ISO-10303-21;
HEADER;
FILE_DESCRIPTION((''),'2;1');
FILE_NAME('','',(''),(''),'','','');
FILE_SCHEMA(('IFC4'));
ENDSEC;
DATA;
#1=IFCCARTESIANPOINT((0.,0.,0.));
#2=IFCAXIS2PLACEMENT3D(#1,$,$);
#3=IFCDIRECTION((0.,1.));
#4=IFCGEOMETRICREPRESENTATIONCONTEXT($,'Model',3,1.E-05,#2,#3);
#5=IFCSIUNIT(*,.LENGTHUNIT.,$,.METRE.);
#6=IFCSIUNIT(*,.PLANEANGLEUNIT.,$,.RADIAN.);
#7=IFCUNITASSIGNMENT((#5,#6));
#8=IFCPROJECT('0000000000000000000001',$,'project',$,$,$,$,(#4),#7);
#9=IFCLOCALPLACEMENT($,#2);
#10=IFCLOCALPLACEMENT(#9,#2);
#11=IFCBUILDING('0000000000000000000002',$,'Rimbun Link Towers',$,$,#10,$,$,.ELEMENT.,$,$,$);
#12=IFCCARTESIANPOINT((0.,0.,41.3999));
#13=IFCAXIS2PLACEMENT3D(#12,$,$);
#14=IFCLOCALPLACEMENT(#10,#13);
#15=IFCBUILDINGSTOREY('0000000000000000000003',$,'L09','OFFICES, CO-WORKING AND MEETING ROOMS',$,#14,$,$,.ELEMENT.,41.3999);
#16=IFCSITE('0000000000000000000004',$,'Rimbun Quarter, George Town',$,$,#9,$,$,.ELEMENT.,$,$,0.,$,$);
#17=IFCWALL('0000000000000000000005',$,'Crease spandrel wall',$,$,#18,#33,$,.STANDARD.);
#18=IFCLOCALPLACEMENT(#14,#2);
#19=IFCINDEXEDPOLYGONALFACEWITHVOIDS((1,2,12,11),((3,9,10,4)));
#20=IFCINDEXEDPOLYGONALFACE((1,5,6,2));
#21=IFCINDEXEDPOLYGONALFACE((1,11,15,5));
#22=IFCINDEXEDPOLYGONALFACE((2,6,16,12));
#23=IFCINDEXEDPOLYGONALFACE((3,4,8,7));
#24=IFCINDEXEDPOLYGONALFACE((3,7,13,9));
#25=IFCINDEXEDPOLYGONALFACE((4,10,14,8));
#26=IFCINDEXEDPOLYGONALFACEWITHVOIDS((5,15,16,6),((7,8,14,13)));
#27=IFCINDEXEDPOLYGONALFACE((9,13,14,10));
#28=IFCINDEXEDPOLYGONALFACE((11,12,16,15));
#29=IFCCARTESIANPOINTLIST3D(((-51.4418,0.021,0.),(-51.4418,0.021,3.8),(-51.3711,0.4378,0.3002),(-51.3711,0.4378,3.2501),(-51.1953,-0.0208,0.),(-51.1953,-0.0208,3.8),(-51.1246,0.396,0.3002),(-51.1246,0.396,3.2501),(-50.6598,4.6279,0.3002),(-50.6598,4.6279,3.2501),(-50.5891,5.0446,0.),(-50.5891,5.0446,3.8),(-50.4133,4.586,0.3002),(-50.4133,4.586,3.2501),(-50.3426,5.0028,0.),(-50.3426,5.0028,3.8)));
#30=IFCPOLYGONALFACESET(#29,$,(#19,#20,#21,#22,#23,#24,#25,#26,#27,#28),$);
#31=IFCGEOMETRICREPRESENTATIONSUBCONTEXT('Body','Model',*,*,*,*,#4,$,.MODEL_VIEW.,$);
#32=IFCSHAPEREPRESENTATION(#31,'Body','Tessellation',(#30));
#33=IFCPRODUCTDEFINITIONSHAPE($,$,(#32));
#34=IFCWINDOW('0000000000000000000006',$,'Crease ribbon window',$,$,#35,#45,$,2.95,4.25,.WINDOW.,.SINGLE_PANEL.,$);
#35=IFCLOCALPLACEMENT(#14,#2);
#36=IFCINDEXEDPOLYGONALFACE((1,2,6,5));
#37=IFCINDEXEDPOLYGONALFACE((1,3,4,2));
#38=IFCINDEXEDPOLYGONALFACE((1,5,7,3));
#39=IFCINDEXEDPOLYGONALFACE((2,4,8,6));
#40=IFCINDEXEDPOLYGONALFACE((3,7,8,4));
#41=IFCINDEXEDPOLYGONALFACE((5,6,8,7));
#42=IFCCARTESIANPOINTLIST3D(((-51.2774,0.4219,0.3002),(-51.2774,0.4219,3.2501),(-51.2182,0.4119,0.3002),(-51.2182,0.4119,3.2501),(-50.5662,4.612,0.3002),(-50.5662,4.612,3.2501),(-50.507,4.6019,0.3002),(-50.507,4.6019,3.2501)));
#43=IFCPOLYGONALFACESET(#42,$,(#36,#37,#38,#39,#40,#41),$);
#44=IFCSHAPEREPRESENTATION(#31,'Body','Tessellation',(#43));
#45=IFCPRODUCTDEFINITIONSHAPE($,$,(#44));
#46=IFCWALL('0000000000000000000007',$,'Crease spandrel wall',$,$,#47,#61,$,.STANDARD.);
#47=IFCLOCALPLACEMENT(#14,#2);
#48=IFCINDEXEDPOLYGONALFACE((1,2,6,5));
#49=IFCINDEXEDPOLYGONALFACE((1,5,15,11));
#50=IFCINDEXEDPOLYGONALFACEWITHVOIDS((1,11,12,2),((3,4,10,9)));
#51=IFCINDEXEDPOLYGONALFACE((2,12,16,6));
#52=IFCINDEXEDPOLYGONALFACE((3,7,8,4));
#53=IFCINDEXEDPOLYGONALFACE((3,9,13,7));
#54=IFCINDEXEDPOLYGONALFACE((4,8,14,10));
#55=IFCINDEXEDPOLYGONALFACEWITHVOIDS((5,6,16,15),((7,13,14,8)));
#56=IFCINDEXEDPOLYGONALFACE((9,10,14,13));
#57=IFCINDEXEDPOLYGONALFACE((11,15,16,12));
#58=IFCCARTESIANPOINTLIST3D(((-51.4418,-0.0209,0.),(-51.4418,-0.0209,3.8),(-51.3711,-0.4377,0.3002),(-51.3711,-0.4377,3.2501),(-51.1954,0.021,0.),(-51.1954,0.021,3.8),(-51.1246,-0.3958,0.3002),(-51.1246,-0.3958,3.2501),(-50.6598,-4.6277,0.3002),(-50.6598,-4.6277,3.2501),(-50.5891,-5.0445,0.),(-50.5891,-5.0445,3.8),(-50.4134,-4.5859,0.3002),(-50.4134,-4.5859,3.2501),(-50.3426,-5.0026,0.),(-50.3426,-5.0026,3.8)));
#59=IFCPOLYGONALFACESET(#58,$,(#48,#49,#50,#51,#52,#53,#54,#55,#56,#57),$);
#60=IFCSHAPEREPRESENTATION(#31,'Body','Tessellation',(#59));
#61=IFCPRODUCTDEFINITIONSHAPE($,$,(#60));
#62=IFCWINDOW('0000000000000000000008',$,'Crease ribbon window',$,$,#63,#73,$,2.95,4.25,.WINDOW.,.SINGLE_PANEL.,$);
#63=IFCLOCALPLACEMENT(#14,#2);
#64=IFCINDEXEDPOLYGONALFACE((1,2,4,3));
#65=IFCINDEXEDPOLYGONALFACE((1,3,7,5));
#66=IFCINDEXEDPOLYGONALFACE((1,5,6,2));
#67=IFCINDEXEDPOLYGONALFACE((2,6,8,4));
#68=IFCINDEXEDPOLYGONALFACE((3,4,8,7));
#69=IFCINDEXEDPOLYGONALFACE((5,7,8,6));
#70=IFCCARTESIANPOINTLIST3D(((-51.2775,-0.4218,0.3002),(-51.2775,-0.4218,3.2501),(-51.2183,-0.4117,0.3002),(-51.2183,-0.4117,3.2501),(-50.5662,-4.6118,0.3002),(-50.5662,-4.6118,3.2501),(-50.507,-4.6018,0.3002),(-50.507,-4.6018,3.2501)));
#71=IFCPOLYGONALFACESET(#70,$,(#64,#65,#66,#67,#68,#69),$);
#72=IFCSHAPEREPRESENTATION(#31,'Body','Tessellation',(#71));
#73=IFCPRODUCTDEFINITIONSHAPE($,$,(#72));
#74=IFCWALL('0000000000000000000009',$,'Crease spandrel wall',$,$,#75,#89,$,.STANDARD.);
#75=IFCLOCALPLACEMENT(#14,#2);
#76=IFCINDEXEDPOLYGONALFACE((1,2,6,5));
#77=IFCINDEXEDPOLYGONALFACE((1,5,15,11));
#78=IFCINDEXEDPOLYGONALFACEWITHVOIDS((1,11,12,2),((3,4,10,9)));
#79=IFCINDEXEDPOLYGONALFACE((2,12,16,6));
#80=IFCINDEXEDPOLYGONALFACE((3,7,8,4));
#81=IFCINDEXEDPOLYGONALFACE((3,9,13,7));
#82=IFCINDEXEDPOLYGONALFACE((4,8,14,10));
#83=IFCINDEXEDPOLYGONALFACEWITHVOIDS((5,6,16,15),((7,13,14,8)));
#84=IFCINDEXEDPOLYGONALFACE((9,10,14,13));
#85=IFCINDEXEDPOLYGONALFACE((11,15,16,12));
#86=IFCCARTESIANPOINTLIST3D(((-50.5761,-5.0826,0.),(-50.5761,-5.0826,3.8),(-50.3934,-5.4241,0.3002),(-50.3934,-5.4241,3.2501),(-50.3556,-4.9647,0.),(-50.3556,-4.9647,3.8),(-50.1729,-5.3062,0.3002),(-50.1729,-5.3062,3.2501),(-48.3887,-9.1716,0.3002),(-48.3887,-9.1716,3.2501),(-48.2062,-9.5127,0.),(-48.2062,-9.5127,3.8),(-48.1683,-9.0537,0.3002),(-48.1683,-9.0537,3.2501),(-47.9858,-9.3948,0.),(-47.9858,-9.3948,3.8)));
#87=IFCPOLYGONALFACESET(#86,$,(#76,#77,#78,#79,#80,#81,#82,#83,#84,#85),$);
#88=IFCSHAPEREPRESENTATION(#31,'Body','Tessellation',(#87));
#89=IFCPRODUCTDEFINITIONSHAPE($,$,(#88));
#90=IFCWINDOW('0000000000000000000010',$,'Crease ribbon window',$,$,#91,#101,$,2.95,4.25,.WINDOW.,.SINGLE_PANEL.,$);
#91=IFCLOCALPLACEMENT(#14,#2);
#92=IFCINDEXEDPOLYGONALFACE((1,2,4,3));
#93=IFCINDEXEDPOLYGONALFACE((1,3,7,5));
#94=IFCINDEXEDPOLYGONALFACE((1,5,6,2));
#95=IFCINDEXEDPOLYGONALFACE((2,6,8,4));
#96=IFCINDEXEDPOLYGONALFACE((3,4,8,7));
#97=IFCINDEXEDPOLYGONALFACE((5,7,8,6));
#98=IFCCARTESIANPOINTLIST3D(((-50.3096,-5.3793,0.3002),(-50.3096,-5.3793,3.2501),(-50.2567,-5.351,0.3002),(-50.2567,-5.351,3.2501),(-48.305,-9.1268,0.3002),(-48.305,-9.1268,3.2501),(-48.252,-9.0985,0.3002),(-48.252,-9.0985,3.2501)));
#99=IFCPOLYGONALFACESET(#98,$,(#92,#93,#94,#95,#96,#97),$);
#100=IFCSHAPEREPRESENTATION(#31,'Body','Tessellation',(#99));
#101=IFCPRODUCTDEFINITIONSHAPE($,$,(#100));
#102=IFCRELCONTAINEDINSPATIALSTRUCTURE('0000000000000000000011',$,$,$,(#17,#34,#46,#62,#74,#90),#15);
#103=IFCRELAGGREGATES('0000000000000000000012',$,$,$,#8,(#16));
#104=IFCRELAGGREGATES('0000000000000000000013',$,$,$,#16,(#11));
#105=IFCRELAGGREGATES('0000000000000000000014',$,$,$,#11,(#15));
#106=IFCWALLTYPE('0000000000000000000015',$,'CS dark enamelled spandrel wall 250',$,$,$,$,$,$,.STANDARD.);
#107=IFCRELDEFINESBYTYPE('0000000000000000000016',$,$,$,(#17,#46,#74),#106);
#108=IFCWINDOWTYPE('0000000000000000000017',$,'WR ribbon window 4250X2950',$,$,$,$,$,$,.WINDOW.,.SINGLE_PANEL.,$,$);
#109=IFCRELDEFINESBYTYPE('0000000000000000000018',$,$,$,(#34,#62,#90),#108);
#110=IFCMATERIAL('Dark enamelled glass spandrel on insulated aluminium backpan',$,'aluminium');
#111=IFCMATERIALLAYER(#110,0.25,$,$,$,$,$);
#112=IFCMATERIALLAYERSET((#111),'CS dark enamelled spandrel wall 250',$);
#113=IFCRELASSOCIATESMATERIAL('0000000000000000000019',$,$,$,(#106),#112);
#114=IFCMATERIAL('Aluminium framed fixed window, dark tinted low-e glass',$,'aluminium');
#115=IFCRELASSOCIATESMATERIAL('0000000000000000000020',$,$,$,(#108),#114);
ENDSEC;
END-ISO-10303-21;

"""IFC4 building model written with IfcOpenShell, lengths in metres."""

from ifc_helpers import new_model, si_unit, direction, frame, frame_2d, origin, place, context, subcontext, project, spatial, rectangle, extrude, material, layer, layer_set, type_object, element, fill, save


model = new_model("IFC4")

# Units and contexts
model_context = context("Model", 3, precision=1e-05, world=origin(), true_north=direction((0.0, 1.0)))
body_context = subcontext(model_context, "Body", "Model", "MODEL_VIEW")
ifc_project = project(units=[si_unit("LENGTHUNIT", "METRE"), si_unit("PLANEANGLEUNIT", "RADIAN")], contexts=[model_context])

# Site, building, storey
site_placement = place(None, origin())
site = spatial("IfcSite", under=ifc_project, at=site_placement, Name="Rimbun Quarter, George Town", CompositionType="ELEMENT", RefElevation=0.0)
building_placement = place(site_placement, origin())
building = spatial("IfcBuilding", under=site, at=building_placement, Name="Rimbun Link Towers", CompositionType="ELEMENT")
storey_placement = place(building_placement, frame((0.0, 0.0, 41.3999)))
storey = spatial("IfcBuildingStorey", under=building, at=storey_placement, Name="L09", Description="OFFICES, CO-WORKING AND MEETING ROOMS", CompositionType="ELEMENT", Elevation=41.3999)

# Walls, openings, windows
ifc_material_1 = material(Name="Dark enamelled glass spandrel on insulated aluminium backpan", Category="aluminium")
ifc_layer_1 = layer(ifc_material_1, 0.25)
ifc_layer_set_1 = layer_set([ifc_layer_1], Name="CS dark enamelled spandrel wall 250")
wall_type_1 = type_object("IfcWallType", Name="CS dark enamelled spandrel wall 250", PredefinedType="STANDARD", material=ifc_layer_set_1)
wall_1_placement = place(storey_placement, frame((-51.3186, 0.0, 0.0), z_axis=(0.0, 0.0, 1.0), x_axis=(0.167358, 0.985896, 0.0)))
wall_1 = element("IfcWall", 1, at=wall_1_placement, inside=storey, type_object=wall_type_1, Name="Crease spandrel wall", PredefinedType="STANDARD", context=body_context, shape_type="SweptSolid", body=[
    extrude(rectangle(XDim=5.0955, YDim=0.25, at=frame_2d((2.5479, 0.0))), origin(), (0.0, 0.0, 1.0), 3.8),
])
opening_1_placement = place(wall_1_placement, frame((0.4229, 0.0, 0.3)))
opening_1 = element("IfcOpeningElement", 2, at=opening_1_placement, cuts=wall_1, PredefinedType="OPENING", context=body_context, shape_type="SweptSolid", body=[
    extrude(rectangle(XDim=4.25, YDim=2.95, at=frame_2d((2.125, 1.4751))), frame((0.0, 0.135, 0.0), z_axis=(0.0, -1.0, 0.0), x_axis=(1.0, 0.0, 0.0)), (0.0, 0.0, 1.0), 0.27),
])
ifc_material_2 = material(Name="Aluminium framed fixed window, dark tinted low-e glass", Category="aluminium")
window_type = type_object("IfcWindowType", Name="WR ribbon window 4250X2950", PartitioningType="SINGLE_PANEL", PredefinedType="WINDOW", material=ifc_material_2)
window_1_placement = place(opening_1_placement, origin())
window_1 = element("IfcWindow", 3, at=window_1_placement, inside=storey, type_object=window_type, Name="Crease ribbon window", OverallHeight=2.95, OverallWidth=4.25, PartitioningType="SINGLE_PANEL", PredefinedType="WINDOW", context=body_context, shape_type="SweptSolid", body=[
    extrude(rectangle(XDim=4.25, YDim=2.95, at=frame_2d((2.125, 1.4751))), frame((0.0, 0.03, 0.0), z_axis=(0.0, -1.0, 0.0), x_axis=(1.0, 0.0, 0.0)), (0.0, 0.0, 1.0), 0.0601),
])
fill(opening_1, window_1)
wall_2_placement = place(storey_placement, frame((-50.4658, -5.0237, 0.0), z_axis=(0.0, 0.0, 1.0), x_axis=(-0.167358, 0.985896, 0.0)))
wall_2 = element("IfcWall", 4, at=wall_2_placement, inside=storey, type_object=wall_type_1, Name="Crease spandrel wall", PredefinedType="STANDARD", context=body_context, shape_type="SweptSolid", body=[
    extrude(rectangle(XDim=5.0955, YDim=0.25, at=frame_2d((2.5479, 0.0))), origin(), (0.0, 0.0, 1.0), 3.8),
])
opening_2_placement = place(wall_2_placement, frame((0.4229, 0.0, 0.3)))
opening_2 = element("IfcOpeningElement", 5, at=opening_2_placement, cuts=wall_2, PredefinedType="OPENING", context=body_context, shape_type="SweptSolid", body=[
    extrude(rectangle(XDim=4.25, YDim=2.95, at=frame_2d((2.125, 1.4751))), frame((0.0, 0.135, 0.0), z_axis=(0.0, -1.0, 0.0), x_axis=(1.0, 0.0, 0.0)), (0.0, 0.0, 1.0), 0.27),
])
window_2_placement = place(opening_2_placement, origin())
window_2 = element("IfcWindow", 6, at=window_2_placement, inside=storey, type_object=window_type, Name="Crease ribbon window", OverallHeight=2.95, OverallWidth=4.25, PartitioningType="SINGLE_PANEL", PredefinedType="WINDOW", context=body_context, shape_type="SweptSolid", body=[
    extrude(rectangle(XDim=4.25, YDim=2.95, at=frame_2d((2.125, 1.4751))), frame((0.0, 0.03, 0.0), z_axis=(0.0, -1.0, 0.0), x_axis=(1.0, 0.0, 0.0)), (0.0, 0.0, 1.0), 0.0601),
])
fill(opening_2, window_2)
wall_3_placement = place(storey_placement, frame((-48.0959, -9.4539, 0.0), z_axis=(0.0, 0.0, 1.0), x_axis=(-0.47169, 0.881764, 0.0)))
wall_3 = element("IfcWall", 7, at=wall_3_placement, inside=storey, type_object=wall_type_1, Name="Crease spandrel wall", PredefinedType="STANDARD", context=body_context, shape_type="SweptSolid", body=[
    extrude(rectangle(XDim=5.0242, YDim=0.25, at=frame_2d((2.5122, 0.0))), origin(), (0.0, 0.0, 1.0), 3.8),
])
opening_3_placement = place(wall_3_placement, frame((0.387, 0.0, 0.3)))
opening_3 = element("IfcOpeningElement", 8, at=opening_3_placement, cuts=wall_3, PredefinedType="OPENING", context=body_context, shape_type="SweptSolid", body=[
    extrude(rectangle(XDim=4.25, YDim=2.95, at=frame_2d((2.125, 1.4751))), frame((0.0, 0.135, 0.0), z_axis=(0.0, -1.0, 0.0), x_axis=(1.0, 0.0, 0.0)), (0.0, 0.0, 1.0), 0.27),
])
window_3_placement = place(opening_3_placement, origin())
window_3 = element("IfcWindow", 9, at=window_3_placement, inside=storey, type_object=window_type, Name="Crease ribbon window", OverallHeight=2.95, OverallWidth=4.25, PartitioningType="SINGLE_PANEL", PredefinedType="WINDOW", context=body_context, shape_type="SweptSolid", body=[
    extrude(rectangle(XDim=4.25, YDim=2.95, at=frame_2d((2.125, 1.4751))), frame((0.0, 0.03, 0.0), z_axis=(0.0, -1.0, 0.0), x_axis=(1.0, 0.0, 0.0)), (0.0, 0.0, 1.0), 0.0601),
])
fill(opening_3, window_3)

save(model, "model.ifc")
